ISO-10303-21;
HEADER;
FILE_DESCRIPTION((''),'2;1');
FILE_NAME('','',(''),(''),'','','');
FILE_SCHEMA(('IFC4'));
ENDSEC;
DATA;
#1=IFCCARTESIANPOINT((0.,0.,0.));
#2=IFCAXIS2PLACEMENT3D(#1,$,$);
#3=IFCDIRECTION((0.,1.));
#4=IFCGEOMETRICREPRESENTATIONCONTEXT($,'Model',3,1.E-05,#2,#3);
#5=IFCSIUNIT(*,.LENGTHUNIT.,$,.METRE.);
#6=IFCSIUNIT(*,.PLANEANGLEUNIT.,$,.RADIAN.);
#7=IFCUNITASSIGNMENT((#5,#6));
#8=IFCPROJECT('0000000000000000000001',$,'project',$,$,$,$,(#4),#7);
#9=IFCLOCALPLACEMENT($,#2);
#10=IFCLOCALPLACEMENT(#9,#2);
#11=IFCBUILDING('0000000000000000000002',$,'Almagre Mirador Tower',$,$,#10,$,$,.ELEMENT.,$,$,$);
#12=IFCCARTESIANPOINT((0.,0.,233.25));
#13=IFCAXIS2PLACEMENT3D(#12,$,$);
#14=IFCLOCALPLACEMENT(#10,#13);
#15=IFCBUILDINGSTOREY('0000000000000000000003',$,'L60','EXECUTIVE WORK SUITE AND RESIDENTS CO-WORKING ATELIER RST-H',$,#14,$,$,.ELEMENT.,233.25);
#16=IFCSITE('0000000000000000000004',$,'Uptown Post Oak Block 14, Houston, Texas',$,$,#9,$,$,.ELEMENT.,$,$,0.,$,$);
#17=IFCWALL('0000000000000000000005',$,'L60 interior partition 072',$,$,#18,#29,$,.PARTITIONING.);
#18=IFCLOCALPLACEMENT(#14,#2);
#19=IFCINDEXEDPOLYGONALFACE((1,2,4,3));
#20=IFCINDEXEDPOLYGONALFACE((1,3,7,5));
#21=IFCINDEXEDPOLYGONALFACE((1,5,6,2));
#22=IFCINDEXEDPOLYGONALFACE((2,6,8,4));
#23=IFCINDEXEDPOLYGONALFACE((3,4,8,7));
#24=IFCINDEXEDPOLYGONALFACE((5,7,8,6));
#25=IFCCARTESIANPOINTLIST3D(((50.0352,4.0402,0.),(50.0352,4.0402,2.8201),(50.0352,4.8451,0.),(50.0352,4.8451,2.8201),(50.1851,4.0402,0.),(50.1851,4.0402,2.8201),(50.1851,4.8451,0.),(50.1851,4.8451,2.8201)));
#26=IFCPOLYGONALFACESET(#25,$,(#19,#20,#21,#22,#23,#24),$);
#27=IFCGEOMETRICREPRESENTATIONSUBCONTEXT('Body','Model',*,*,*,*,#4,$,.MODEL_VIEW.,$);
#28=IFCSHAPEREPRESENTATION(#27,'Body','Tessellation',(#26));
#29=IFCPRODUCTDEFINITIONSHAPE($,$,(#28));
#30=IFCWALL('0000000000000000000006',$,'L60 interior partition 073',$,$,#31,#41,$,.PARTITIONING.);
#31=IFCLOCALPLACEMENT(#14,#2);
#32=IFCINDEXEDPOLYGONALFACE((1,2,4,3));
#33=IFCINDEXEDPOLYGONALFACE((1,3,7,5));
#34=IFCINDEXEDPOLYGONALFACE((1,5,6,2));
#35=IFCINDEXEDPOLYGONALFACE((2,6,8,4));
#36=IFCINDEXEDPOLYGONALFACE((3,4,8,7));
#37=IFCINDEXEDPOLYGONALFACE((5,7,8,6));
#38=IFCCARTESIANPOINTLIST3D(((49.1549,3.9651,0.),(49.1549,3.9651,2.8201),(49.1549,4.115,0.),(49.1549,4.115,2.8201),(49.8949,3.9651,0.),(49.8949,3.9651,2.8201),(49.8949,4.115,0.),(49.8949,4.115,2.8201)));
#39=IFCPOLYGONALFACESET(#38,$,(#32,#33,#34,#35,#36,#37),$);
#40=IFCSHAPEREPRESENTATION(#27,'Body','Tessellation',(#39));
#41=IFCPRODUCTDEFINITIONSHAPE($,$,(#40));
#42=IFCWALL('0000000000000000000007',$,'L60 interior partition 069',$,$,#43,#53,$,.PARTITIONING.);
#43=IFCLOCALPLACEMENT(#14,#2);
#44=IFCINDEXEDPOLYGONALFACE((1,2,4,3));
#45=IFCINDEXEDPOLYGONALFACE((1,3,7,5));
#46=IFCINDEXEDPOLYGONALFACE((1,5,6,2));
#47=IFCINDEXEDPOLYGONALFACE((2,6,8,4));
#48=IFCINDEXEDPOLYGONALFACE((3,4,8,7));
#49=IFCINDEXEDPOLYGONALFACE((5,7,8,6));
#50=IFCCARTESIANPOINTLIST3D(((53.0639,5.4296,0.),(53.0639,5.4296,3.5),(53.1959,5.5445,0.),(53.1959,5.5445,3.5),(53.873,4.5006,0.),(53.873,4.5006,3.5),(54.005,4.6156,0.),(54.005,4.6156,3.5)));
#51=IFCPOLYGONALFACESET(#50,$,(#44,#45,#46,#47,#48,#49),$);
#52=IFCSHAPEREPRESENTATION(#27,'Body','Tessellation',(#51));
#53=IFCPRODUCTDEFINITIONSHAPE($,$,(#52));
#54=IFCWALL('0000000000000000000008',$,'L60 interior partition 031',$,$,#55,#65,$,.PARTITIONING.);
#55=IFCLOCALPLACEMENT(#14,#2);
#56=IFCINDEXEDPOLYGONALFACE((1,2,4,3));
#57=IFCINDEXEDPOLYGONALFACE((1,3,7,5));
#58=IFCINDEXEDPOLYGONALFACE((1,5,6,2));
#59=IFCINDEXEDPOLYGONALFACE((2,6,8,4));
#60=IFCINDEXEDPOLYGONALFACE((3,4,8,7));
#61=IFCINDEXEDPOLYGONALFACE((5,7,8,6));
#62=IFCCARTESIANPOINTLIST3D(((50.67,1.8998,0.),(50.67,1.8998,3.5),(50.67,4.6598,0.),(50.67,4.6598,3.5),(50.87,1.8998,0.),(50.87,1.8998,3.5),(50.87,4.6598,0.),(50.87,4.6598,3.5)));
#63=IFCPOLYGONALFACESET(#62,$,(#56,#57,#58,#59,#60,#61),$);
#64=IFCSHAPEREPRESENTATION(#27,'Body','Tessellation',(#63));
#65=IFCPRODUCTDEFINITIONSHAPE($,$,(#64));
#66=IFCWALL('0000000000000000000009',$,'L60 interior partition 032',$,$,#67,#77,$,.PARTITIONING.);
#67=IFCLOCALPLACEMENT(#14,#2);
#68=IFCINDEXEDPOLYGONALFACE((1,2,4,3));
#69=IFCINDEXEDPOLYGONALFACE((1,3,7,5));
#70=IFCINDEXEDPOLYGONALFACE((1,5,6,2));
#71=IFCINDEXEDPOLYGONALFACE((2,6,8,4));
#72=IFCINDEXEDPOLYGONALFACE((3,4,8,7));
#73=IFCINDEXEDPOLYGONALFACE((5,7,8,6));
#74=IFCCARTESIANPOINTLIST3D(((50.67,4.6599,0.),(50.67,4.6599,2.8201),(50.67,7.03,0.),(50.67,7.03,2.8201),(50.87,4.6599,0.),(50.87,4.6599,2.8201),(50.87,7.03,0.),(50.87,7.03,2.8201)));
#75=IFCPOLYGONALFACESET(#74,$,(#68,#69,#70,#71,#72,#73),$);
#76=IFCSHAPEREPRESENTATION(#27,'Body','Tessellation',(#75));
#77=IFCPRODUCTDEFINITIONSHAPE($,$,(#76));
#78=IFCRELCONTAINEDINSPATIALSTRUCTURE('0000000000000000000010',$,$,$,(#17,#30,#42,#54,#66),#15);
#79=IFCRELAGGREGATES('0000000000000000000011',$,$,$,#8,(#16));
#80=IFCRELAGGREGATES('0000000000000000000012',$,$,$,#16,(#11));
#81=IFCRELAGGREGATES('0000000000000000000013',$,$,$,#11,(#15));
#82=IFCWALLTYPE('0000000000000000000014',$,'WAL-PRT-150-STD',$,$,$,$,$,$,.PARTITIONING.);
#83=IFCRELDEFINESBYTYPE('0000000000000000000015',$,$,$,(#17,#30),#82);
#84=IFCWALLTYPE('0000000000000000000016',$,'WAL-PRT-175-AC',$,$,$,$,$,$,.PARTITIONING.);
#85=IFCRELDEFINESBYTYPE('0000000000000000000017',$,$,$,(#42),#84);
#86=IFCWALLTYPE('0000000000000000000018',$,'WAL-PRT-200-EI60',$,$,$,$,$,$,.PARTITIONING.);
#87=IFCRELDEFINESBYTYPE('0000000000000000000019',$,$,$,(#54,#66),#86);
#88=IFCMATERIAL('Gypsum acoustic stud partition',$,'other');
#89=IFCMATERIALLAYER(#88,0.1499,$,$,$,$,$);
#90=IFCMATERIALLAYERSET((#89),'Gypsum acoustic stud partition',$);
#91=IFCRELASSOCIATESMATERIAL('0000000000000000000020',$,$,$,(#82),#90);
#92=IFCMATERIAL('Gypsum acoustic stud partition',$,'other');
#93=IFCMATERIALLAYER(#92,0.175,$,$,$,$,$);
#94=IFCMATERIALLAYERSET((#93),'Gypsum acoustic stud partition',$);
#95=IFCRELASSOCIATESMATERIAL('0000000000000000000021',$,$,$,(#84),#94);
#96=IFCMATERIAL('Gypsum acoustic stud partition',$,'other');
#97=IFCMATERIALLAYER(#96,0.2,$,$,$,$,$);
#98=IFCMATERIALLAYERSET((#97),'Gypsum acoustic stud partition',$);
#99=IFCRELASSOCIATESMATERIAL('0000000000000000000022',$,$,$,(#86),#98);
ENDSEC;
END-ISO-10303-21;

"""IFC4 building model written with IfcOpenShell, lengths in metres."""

from ifc_helpers import new_model, si_unit, direction, frame, frame_2d, origin, place, context, subcontext, project, spatial, rectangle, extrude, material, layer, layer_set, type_object, element, save


model = new_model("IFC4")

# Units and contexts
model_context = context("Model", 3, precision=1e-05, world=origin(), true_north=direction((0.0, 1.0)))
body_context = subcontext(model_context, "Body", "Model", "MODEL_VIEW")
ifc_project = project(units=[si_unit("LENGTHUNIT", "METRE"), si_unit("PLANEANGLEUNIT", "RADIAN")], contexts=[model_context])

# Site, building, storey
site_placement = place(None, origin())
site = spatial("IfcSite", under=ifc_project, at=site_placement, Name="Uptown Post Oak Block 14, Houston, Texas", CompositionType="ELEMENT", RefElevation=0.0)
building_placement = place(site_placement, origin())
building = spatial("IfcBuilding", under=site, at=building_placement, Name="Almagre Mirador Tower", CompositionType="ELEMENT")
storey_placement = place(building_placement, frame((0.0, 0.0, 233.25)))
storey = spatial("IfcBuildingStorey", under=building, at=storey_placement, Name="L60", Description="EXECUTIVE WORK SUITE AND RESIDENTS CO-WORKING ATELIER RST-H", CompositionType="ELEMENT", Elevation=233.25)

# Shared definitions
ifc_material_1 = material(Name="Gypsum acoustic stud partition", Category="other")
ifc_layer_1 = layer(ifc_material_1, 0.1499)
ifc_layer_set_1 = layer_set([ifc_layer_1], Name="Gypsum acoustic stud partition")
wall_type_1 = type_object("IfcWallType", Name="WAL-PRT-150-STD", PredefinedType="PARTITIONING", material=ifc_layer_set_1)

# Walls
wall_1_placement = place(storey_placement, frame((50.1101, 4.845, 0.0), z_axis=(0.0, 0.0, 1.0), x_axis=(0.0, -1.0, 0.0)))
element("IfcWall", 1, at=wall_1_placement, inside=storey, type_object=wall_type_1, Name="L60 interior partition 072", PredefinedType="PARTITIONING", context=body_context, shape_type="SweptSolid", body=[
    extrude(rectangle(XDim=0.8049, YDim=0.1499, at=frame_2d((0.4023, 0.0))), origin(), (0.0, 0.0, 1.0), 2.8201),
])
wall_2_placement = place(storey_placement, frame((49.895, 4.04, 0.0), z_axis=(0.0, 0.0, 1.0), x_axis=(-1.0, 0.0, 0.0)))
element("IfcWall", 2, at=wall_2_placement, inside=storey, type_object=wall_type_1, Name="L60 interior partition 073", PredefinedType="PARTITIONING", context=body_context, shape_type="SweptSolid", body=[
    extrude(rectangle(XDim=0.74, YDim=0.1499, at=frame_2d((0.3701, 0.0))), origin(), (0.0, 0.0, 1.0), 2.8201),
])
ifc_material_2 = material(Name="Gypsum acoustic stud partition", Category="other")
ifc_layer_2 = layer(ifc_material_2, 0.175)
ifc_layer_set_2 = layer_set([ifc_layer_2], Name="Gypsum acoustic stud partition")
wall_type_2 = type_object("IfcWallType", Name="WAL-PRT-175-AC", PredefinedType="PARTITIONING", material=ifc_layer_set_2)
wall_3_placement = place(storey_placement, frame((53.1299, 5.4871, 0.0), z_axis=(0.0, 0.0, 1.0), x_axis=(0.656777, -0.754085, 0.0)))
element("IfcWall", 3, at=wall_3_placement, inside=storey, type_object=wall_type_2, Name="L60 interior partition 069", PredefinedType="PARTITIONING", context=body_context, shape_type="SweptSolid", body=[
    extrude(rectangle(XDim=1.2319, YDim=0.175, at=frame_2d((0.616, 0.0))), origin(), (0.0, 0.0, 1.0), 3.5),
])
ifc_material_3 = material(Name="Gypsum acoustic stud partition", Category="other")
ifc_layer_3 = layer(ifc_material_3, 0.2)
ifc_layer_set_3 = layer_set([ifc_layer_3], Name="Gypsum acoustic stud partition")
wall_type_3 = type_object("IfcWallType", Name="WAL-PRT-200-EI60", PredefinedType="PARTITIONING", material=ifc_layer_set_3)
wall_4_placement = place(storey_placement, frame((50.77, 1.8999, 0.0), z_axis=(0.0, 0.0, 1.0), x_axis=(0.0, 1.0, 0.0)))
element("IfcWall", 4, at=wall_4_placement, inside=storey, type_object=wall_type_3, Name="L60 interior partition 031", PredefinedType="PARTITIONING", context=body_context, shape_type="SweptSolid", body=[
    extrude(rectangle(XDim=2.76, YDim=0.2, at=frame_2d((1.3799, 0.0))), origin(), (0.0, 0.0, 1.0), 3.5),
])
wall_5_placement = place(storey_placement, frame((50.77, 4.6599, 0.0), z_axis=(0.0, 0.0, 1.0), x_axis=(0.0, 1.0, 0.0)))
element("IfcWall", 5, at=wall_5_placement, inside=storey, type_object=wall_type_3, Name="L60 interior partition 032", PredefinedType="PARTITIONING", context=body_context, shape_type="SweptSolid", body=[
    extrude(rectangle(XDim=2.3701, YDim=0.2, at=frame_2d((1.1851, 0.0))), origin(), (0.0, 0.0, 1.0), 2.8201),
])

save(model, "model.ifc")
